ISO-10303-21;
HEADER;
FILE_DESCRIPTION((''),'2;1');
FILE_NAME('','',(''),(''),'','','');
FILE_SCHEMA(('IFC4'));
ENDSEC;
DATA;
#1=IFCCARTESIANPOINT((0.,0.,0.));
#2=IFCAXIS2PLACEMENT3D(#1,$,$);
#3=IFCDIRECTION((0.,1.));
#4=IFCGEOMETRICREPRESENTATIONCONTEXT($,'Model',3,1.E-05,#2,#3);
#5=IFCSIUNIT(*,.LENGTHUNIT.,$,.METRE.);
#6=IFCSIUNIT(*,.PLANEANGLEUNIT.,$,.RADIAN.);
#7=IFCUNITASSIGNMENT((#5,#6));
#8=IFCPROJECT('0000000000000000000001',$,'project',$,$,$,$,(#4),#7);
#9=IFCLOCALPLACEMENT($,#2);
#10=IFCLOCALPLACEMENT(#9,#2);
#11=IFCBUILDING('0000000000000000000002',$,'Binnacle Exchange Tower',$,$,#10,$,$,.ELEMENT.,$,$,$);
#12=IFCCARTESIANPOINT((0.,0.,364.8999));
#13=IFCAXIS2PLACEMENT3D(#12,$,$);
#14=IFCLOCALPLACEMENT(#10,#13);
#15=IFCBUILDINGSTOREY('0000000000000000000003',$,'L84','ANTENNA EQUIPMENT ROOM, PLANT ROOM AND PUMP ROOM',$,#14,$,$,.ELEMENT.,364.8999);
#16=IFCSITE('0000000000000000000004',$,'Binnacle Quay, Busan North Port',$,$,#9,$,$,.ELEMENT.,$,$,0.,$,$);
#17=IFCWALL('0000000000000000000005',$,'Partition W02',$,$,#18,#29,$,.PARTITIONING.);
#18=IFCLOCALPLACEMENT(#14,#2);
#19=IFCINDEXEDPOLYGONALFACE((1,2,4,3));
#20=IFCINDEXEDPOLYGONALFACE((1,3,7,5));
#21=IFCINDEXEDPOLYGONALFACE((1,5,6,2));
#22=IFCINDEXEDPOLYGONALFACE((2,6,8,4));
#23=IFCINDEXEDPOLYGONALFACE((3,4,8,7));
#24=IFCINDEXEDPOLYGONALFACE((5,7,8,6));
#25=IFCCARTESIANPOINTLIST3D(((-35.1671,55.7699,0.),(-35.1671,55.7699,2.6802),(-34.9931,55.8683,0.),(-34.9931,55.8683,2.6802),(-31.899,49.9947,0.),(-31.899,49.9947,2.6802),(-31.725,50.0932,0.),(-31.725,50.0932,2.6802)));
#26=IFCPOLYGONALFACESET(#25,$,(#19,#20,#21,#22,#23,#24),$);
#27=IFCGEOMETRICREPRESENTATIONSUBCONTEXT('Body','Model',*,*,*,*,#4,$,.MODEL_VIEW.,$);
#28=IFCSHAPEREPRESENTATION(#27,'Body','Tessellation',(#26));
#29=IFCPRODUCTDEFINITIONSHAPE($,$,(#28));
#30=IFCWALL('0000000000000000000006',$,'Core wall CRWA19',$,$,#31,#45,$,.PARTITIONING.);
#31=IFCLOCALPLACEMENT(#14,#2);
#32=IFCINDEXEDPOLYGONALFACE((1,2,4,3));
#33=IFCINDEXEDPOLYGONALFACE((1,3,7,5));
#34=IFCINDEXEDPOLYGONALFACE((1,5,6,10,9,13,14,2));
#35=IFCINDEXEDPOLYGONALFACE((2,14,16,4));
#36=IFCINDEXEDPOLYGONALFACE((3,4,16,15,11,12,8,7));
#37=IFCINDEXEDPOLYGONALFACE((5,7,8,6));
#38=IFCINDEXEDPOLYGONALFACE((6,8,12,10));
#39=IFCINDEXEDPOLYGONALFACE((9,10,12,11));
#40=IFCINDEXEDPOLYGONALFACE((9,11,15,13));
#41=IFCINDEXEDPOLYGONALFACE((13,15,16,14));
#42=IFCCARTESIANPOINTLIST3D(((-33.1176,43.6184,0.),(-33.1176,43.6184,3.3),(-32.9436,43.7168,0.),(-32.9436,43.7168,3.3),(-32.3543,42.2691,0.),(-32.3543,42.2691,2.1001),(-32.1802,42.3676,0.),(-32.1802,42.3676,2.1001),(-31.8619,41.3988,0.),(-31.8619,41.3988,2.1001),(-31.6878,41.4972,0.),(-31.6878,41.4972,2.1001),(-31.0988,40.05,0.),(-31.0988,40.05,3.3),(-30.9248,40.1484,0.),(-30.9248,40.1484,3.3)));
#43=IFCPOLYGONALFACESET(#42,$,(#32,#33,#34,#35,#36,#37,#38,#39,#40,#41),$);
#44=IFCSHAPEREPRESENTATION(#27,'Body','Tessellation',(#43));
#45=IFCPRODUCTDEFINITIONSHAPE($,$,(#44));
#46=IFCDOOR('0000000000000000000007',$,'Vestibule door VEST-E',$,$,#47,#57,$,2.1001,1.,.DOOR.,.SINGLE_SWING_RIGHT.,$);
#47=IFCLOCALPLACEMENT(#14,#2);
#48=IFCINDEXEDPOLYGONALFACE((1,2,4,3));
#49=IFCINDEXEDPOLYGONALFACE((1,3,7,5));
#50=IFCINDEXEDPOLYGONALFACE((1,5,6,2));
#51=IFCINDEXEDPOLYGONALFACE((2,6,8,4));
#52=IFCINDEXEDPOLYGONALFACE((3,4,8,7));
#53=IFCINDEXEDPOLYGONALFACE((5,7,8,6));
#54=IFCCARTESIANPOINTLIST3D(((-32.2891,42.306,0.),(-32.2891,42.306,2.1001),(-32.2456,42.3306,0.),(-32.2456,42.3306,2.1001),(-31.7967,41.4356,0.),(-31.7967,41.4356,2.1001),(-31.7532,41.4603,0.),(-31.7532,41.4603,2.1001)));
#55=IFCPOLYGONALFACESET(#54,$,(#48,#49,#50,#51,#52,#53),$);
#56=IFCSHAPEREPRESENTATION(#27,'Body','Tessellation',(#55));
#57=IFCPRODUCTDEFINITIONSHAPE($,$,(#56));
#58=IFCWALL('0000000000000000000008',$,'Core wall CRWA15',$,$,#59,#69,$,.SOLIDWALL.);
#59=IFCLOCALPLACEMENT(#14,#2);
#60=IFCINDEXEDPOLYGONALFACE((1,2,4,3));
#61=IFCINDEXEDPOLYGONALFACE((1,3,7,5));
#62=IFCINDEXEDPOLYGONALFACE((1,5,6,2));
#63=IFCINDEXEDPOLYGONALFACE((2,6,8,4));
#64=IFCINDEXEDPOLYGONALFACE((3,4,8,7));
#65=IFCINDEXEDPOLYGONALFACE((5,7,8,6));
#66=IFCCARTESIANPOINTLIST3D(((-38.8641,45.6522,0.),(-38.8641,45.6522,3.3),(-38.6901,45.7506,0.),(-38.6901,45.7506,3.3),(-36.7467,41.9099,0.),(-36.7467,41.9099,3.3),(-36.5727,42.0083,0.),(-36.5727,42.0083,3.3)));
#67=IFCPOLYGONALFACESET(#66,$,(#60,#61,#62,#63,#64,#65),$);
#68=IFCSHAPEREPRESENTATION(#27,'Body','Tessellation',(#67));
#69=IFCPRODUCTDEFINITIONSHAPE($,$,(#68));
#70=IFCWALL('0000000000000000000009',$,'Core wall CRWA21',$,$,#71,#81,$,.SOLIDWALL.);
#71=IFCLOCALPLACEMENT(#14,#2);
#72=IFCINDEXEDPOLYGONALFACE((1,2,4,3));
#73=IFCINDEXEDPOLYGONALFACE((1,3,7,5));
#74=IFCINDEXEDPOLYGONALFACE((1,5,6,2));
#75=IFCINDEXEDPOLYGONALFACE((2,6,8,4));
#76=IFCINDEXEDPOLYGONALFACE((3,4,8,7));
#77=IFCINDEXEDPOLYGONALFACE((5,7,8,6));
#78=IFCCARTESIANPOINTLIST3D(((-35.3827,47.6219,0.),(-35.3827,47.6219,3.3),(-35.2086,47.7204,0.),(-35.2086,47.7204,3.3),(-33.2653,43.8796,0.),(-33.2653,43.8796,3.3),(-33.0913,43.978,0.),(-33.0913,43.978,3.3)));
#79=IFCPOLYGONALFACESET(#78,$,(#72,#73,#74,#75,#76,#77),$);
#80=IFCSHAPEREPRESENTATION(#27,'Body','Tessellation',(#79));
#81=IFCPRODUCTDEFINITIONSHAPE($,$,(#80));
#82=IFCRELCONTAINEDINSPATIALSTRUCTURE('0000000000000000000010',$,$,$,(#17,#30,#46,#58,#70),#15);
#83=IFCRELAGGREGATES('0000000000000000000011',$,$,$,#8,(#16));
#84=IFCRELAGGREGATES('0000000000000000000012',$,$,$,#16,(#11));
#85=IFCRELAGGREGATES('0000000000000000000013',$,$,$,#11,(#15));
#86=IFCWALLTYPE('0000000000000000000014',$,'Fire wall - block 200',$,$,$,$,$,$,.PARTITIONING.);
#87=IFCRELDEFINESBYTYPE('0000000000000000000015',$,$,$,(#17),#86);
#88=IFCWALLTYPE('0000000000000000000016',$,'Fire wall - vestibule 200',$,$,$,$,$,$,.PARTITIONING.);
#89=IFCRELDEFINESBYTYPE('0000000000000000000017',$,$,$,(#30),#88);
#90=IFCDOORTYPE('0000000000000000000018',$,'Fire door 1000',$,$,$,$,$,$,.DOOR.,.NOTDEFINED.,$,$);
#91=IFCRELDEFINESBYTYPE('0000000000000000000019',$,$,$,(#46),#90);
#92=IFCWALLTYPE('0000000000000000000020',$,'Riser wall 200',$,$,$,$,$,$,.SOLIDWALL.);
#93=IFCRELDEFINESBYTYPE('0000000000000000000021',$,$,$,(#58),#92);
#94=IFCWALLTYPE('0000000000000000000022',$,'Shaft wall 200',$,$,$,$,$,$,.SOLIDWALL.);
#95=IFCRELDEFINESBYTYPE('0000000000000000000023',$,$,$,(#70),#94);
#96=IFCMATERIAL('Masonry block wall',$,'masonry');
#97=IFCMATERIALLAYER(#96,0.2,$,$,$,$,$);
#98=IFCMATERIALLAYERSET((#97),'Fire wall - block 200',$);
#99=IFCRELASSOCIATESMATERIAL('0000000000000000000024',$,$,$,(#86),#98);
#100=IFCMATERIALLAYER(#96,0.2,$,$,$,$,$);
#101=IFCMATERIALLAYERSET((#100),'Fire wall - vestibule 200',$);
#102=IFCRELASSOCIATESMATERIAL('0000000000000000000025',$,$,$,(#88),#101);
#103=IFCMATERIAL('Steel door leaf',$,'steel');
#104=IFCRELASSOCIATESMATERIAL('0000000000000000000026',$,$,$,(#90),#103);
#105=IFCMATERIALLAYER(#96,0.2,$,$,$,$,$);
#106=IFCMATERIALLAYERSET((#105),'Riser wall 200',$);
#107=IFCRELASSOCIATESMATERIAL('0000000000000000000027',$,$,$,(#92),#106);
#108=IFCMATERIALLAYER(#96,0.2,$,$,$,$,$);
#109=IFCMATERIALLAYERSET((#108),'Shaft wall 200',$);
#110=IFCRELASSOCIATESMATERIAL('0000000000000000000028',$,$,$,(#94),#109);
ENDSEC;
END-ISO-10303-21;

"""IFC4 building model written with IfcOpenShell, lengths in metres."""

from ifc_helpers import new_model, si_unit, direction, frame, frame_2d, origin, place, context, subcontext, project, spatial, rectangle, extrude, material, layer, layer_set, type_object, element, fill, save


model = new_model("IFC4")

# Units and contexts
model_context = context("Model", 3, precision=1e-05, world=origin(), true_north=direction((0.0, 1.0)))
body_context = subcontext(model_context, "Body", "Model", "MODEL_VIEW")
ifc_project = project(units=[si_unit("LENGTHUNIT", "METRE"), si_unit("PLANEANGLEUNIT", "RADIAN")], contexts=[model_context])

# Site, building, storey
site_placement = place(None, origin())
site = spatial("IfcSite", under=ifc_project, at=site_placement, Name="Binnacle Quay, Busan North Port", CompositionType="ELEMENT", RefElevation=0.0)
building_placement = place(site_placement, origin())
building = spatial("IfcBuilding", under=site, at=building_placement, Name="Binnacle Exchange Tower", CompositionType="ELEMENT")
storey_placement = place(building_placement, frame((0.0, 0.0, 364.8999)))
storey = spatial("IfcBuildingStorey", under=building, at=storey_placement, Name="L84", Description="ANTENNA EQUIPMENT ROOM, PLANT ROOM AND PUMP ROOM", CompositionType="ELEMENT", Elevation=364.8999)

# Wall
ifc_material_1 = material(Name="Masonry block wall", Category="masonry")
ifc_layer_1 = layer(ifc_material_1, 0.2)
ifc_layer_set_1 = layer_set([ifc_layer_1], Name="Fire wall - block 200")
wall_type_1 = type_object("IfcWallType", Name="Fire wall - block 200", PredefinedType="PARTITIONING", material=ifc_layer_set_1)
wall_1_placement = place(storey_placement, frame((-35.0801, 55.8191, 0.0), z_axis=(0.0, 0.0, 1.0), x_axis=(0.492497, -0.870314, 0.0)))
element("IfcWall", 1, at=wall_1_placement, inside=storey, type_object=wall_type_1, Name="Partition W02", PredefinedType="PARTITIONING", context=body_context, shape_type="SweptSolid", body=[
    extrude(rectangle(XDim=6.6357, YDim=0.2, at=frame_2d((3.3179, 0.0))), origin(), (0.0, 0.0, 1.0), 2.6802),
])

# Wall, opening, door
ifc_layer_2 = layer(ifc_material_1, 0.2)
ifc_layer_set_2 = layer_set([ifc_layer_2], Name="Fire wall - vestibule 200")
wall_type_2 = type_object("IfcWallType", Name="Fire wall - vestibule 200", PredefinedType="PARTITIONING", material=ifc_layer_set_2)
wall_2_placement = place(storey_placement, frame((-33.0305, 43.6675, 0.0), z_axis=(0.0, 0.0, 1.0), x_axis=(0.492408, -0.870364, 0.0)))
wall_2 = element("IfcWall", 2, at=wall_2_placement, inside=storey, type_object=wall_type_2, Name="Core wall CRWA19", PredefinedType="PARTITIONING", context=body_context, shape_type="SweptSolid", body=[
    extrude(rectangle(XDim=4.0999, YDim=0.2, at=frame_2d((2.0498, 0.0))), origin(), (0.0, 0.0, 1.0), 3.3),
])
opening_placement = place(wall_2_placement, frame((1.55, 0.0, 0.0)))
opening = element("IfcOpeningElement", 3, at=opening_placement, cuts=wall_2, PredefinedType="OPENING", context=body_context, shape_type="SweptSolid", body=[
    extrude(rectangle(XDim=1.0, YDim=2.1001, at=frame_2d((0.5, 1.05))), frame((0.0, 0.1099, 0.0), z_axis=(0.0, -1.0, 0.0), x_axis=(1.0, 0.0, 0.0)), (0.0, 0.0, 1.0), 0.22),
])
ifc_material_2 = material(Name="Steel door leaf", Category="steel")
door_type = type_object("IfcDoorType", Name="Fire door 1000", OperationType="NOTDEFINED", PredefinedType="DOOR", material=ifc_material_2)
door_placement = place(opening_placement, origin())
door = element("IfcDoor", 4, at=door_placement, inside=storey, type_object=door_type, Name="Vestibule door VEST-E", OperationType="SINGLE_SWING_RIGHT", OverallHeight=2.1001, OverallWidth=1.0, PredefinedType="DOOR", context=body_context, shape_type="SweptSolid", body=[
    extrude(rectangle(XDim=1.0, YDim=2.1001, at=frame_2d((0.5, 1.05))), frame((0.0, 0.0249, 0.0), z_axis=(0.0, -1.0, 0.0), x_axis=(1.0, 0.0, 0.0)), (0.0, 0.0, 1.0), 0.05),
])
fill(opening, door)

# Walls
ifc_layer_3 = layer(ifc_material_1, 0.2)
ifc_layer_set_3 = layer_set([ifc_layer_3], Name="Riser wall 200")
wall_type_3 = type_object("IfcWallType", Name="Riser wall 200", PredefinedType="SOLIDWALL", material=ifc_layer_set_3)
wall_3_placement = place(storey_placement, frame((-38.7771, 45.7014, 0.0), z_axis=(0.0, 0.0, 1.0), x_axis=(0.492435, -0.870349, 0.0)))
element("IfcWall", 5, at=wall_3_placement, inside=storey, type_object=wall_type_3, Name="Core wall CRWA15", PredefinedType="SOLIDWALL", context=body_context, shape_type="SweptSolid", body=[
    extrude(rectangle(XDim=4.2998, YDim=0.2, at=frame_2d((2.1499, 0.0))), origin(), (0.0, 0.0, 1.0), 3.3),
])
ifc_layer_4 = layer(ifc_material_1, 0.2)
ifc_layer_set_4 = layer_set([ifc_layer_4], Name="Shaft wall 200")
wall_type_4 = type_object("IfcWallType", Name="Shaft wall 200", PredefinedType="SOLIDWALL", material=ifc_layer_set_4)
wall_4_placement = place(storey_placement, frame((-35.2957, 47.6711, 0.0), z_axis=(0.0, 0.0, 1.0), x_axis=(0.492435, -0.870349, 0.0)))
element("IfcWall", 6, at=wall_4_placement, inside=storey, type_object=wall_type_4, Name="Core wall CRWA21", PredefinedType="SOLIDWALL", context=body_context, shape_type="SweptSolid", body=[
    extrude(rectangle(XDim=4.2998, YDim=0.2, at=frame_2d((2.1499, 0.0))), origin(), (0.0, 0.0, 1.0), 3.3),
])

save(model, "model.ifc")
